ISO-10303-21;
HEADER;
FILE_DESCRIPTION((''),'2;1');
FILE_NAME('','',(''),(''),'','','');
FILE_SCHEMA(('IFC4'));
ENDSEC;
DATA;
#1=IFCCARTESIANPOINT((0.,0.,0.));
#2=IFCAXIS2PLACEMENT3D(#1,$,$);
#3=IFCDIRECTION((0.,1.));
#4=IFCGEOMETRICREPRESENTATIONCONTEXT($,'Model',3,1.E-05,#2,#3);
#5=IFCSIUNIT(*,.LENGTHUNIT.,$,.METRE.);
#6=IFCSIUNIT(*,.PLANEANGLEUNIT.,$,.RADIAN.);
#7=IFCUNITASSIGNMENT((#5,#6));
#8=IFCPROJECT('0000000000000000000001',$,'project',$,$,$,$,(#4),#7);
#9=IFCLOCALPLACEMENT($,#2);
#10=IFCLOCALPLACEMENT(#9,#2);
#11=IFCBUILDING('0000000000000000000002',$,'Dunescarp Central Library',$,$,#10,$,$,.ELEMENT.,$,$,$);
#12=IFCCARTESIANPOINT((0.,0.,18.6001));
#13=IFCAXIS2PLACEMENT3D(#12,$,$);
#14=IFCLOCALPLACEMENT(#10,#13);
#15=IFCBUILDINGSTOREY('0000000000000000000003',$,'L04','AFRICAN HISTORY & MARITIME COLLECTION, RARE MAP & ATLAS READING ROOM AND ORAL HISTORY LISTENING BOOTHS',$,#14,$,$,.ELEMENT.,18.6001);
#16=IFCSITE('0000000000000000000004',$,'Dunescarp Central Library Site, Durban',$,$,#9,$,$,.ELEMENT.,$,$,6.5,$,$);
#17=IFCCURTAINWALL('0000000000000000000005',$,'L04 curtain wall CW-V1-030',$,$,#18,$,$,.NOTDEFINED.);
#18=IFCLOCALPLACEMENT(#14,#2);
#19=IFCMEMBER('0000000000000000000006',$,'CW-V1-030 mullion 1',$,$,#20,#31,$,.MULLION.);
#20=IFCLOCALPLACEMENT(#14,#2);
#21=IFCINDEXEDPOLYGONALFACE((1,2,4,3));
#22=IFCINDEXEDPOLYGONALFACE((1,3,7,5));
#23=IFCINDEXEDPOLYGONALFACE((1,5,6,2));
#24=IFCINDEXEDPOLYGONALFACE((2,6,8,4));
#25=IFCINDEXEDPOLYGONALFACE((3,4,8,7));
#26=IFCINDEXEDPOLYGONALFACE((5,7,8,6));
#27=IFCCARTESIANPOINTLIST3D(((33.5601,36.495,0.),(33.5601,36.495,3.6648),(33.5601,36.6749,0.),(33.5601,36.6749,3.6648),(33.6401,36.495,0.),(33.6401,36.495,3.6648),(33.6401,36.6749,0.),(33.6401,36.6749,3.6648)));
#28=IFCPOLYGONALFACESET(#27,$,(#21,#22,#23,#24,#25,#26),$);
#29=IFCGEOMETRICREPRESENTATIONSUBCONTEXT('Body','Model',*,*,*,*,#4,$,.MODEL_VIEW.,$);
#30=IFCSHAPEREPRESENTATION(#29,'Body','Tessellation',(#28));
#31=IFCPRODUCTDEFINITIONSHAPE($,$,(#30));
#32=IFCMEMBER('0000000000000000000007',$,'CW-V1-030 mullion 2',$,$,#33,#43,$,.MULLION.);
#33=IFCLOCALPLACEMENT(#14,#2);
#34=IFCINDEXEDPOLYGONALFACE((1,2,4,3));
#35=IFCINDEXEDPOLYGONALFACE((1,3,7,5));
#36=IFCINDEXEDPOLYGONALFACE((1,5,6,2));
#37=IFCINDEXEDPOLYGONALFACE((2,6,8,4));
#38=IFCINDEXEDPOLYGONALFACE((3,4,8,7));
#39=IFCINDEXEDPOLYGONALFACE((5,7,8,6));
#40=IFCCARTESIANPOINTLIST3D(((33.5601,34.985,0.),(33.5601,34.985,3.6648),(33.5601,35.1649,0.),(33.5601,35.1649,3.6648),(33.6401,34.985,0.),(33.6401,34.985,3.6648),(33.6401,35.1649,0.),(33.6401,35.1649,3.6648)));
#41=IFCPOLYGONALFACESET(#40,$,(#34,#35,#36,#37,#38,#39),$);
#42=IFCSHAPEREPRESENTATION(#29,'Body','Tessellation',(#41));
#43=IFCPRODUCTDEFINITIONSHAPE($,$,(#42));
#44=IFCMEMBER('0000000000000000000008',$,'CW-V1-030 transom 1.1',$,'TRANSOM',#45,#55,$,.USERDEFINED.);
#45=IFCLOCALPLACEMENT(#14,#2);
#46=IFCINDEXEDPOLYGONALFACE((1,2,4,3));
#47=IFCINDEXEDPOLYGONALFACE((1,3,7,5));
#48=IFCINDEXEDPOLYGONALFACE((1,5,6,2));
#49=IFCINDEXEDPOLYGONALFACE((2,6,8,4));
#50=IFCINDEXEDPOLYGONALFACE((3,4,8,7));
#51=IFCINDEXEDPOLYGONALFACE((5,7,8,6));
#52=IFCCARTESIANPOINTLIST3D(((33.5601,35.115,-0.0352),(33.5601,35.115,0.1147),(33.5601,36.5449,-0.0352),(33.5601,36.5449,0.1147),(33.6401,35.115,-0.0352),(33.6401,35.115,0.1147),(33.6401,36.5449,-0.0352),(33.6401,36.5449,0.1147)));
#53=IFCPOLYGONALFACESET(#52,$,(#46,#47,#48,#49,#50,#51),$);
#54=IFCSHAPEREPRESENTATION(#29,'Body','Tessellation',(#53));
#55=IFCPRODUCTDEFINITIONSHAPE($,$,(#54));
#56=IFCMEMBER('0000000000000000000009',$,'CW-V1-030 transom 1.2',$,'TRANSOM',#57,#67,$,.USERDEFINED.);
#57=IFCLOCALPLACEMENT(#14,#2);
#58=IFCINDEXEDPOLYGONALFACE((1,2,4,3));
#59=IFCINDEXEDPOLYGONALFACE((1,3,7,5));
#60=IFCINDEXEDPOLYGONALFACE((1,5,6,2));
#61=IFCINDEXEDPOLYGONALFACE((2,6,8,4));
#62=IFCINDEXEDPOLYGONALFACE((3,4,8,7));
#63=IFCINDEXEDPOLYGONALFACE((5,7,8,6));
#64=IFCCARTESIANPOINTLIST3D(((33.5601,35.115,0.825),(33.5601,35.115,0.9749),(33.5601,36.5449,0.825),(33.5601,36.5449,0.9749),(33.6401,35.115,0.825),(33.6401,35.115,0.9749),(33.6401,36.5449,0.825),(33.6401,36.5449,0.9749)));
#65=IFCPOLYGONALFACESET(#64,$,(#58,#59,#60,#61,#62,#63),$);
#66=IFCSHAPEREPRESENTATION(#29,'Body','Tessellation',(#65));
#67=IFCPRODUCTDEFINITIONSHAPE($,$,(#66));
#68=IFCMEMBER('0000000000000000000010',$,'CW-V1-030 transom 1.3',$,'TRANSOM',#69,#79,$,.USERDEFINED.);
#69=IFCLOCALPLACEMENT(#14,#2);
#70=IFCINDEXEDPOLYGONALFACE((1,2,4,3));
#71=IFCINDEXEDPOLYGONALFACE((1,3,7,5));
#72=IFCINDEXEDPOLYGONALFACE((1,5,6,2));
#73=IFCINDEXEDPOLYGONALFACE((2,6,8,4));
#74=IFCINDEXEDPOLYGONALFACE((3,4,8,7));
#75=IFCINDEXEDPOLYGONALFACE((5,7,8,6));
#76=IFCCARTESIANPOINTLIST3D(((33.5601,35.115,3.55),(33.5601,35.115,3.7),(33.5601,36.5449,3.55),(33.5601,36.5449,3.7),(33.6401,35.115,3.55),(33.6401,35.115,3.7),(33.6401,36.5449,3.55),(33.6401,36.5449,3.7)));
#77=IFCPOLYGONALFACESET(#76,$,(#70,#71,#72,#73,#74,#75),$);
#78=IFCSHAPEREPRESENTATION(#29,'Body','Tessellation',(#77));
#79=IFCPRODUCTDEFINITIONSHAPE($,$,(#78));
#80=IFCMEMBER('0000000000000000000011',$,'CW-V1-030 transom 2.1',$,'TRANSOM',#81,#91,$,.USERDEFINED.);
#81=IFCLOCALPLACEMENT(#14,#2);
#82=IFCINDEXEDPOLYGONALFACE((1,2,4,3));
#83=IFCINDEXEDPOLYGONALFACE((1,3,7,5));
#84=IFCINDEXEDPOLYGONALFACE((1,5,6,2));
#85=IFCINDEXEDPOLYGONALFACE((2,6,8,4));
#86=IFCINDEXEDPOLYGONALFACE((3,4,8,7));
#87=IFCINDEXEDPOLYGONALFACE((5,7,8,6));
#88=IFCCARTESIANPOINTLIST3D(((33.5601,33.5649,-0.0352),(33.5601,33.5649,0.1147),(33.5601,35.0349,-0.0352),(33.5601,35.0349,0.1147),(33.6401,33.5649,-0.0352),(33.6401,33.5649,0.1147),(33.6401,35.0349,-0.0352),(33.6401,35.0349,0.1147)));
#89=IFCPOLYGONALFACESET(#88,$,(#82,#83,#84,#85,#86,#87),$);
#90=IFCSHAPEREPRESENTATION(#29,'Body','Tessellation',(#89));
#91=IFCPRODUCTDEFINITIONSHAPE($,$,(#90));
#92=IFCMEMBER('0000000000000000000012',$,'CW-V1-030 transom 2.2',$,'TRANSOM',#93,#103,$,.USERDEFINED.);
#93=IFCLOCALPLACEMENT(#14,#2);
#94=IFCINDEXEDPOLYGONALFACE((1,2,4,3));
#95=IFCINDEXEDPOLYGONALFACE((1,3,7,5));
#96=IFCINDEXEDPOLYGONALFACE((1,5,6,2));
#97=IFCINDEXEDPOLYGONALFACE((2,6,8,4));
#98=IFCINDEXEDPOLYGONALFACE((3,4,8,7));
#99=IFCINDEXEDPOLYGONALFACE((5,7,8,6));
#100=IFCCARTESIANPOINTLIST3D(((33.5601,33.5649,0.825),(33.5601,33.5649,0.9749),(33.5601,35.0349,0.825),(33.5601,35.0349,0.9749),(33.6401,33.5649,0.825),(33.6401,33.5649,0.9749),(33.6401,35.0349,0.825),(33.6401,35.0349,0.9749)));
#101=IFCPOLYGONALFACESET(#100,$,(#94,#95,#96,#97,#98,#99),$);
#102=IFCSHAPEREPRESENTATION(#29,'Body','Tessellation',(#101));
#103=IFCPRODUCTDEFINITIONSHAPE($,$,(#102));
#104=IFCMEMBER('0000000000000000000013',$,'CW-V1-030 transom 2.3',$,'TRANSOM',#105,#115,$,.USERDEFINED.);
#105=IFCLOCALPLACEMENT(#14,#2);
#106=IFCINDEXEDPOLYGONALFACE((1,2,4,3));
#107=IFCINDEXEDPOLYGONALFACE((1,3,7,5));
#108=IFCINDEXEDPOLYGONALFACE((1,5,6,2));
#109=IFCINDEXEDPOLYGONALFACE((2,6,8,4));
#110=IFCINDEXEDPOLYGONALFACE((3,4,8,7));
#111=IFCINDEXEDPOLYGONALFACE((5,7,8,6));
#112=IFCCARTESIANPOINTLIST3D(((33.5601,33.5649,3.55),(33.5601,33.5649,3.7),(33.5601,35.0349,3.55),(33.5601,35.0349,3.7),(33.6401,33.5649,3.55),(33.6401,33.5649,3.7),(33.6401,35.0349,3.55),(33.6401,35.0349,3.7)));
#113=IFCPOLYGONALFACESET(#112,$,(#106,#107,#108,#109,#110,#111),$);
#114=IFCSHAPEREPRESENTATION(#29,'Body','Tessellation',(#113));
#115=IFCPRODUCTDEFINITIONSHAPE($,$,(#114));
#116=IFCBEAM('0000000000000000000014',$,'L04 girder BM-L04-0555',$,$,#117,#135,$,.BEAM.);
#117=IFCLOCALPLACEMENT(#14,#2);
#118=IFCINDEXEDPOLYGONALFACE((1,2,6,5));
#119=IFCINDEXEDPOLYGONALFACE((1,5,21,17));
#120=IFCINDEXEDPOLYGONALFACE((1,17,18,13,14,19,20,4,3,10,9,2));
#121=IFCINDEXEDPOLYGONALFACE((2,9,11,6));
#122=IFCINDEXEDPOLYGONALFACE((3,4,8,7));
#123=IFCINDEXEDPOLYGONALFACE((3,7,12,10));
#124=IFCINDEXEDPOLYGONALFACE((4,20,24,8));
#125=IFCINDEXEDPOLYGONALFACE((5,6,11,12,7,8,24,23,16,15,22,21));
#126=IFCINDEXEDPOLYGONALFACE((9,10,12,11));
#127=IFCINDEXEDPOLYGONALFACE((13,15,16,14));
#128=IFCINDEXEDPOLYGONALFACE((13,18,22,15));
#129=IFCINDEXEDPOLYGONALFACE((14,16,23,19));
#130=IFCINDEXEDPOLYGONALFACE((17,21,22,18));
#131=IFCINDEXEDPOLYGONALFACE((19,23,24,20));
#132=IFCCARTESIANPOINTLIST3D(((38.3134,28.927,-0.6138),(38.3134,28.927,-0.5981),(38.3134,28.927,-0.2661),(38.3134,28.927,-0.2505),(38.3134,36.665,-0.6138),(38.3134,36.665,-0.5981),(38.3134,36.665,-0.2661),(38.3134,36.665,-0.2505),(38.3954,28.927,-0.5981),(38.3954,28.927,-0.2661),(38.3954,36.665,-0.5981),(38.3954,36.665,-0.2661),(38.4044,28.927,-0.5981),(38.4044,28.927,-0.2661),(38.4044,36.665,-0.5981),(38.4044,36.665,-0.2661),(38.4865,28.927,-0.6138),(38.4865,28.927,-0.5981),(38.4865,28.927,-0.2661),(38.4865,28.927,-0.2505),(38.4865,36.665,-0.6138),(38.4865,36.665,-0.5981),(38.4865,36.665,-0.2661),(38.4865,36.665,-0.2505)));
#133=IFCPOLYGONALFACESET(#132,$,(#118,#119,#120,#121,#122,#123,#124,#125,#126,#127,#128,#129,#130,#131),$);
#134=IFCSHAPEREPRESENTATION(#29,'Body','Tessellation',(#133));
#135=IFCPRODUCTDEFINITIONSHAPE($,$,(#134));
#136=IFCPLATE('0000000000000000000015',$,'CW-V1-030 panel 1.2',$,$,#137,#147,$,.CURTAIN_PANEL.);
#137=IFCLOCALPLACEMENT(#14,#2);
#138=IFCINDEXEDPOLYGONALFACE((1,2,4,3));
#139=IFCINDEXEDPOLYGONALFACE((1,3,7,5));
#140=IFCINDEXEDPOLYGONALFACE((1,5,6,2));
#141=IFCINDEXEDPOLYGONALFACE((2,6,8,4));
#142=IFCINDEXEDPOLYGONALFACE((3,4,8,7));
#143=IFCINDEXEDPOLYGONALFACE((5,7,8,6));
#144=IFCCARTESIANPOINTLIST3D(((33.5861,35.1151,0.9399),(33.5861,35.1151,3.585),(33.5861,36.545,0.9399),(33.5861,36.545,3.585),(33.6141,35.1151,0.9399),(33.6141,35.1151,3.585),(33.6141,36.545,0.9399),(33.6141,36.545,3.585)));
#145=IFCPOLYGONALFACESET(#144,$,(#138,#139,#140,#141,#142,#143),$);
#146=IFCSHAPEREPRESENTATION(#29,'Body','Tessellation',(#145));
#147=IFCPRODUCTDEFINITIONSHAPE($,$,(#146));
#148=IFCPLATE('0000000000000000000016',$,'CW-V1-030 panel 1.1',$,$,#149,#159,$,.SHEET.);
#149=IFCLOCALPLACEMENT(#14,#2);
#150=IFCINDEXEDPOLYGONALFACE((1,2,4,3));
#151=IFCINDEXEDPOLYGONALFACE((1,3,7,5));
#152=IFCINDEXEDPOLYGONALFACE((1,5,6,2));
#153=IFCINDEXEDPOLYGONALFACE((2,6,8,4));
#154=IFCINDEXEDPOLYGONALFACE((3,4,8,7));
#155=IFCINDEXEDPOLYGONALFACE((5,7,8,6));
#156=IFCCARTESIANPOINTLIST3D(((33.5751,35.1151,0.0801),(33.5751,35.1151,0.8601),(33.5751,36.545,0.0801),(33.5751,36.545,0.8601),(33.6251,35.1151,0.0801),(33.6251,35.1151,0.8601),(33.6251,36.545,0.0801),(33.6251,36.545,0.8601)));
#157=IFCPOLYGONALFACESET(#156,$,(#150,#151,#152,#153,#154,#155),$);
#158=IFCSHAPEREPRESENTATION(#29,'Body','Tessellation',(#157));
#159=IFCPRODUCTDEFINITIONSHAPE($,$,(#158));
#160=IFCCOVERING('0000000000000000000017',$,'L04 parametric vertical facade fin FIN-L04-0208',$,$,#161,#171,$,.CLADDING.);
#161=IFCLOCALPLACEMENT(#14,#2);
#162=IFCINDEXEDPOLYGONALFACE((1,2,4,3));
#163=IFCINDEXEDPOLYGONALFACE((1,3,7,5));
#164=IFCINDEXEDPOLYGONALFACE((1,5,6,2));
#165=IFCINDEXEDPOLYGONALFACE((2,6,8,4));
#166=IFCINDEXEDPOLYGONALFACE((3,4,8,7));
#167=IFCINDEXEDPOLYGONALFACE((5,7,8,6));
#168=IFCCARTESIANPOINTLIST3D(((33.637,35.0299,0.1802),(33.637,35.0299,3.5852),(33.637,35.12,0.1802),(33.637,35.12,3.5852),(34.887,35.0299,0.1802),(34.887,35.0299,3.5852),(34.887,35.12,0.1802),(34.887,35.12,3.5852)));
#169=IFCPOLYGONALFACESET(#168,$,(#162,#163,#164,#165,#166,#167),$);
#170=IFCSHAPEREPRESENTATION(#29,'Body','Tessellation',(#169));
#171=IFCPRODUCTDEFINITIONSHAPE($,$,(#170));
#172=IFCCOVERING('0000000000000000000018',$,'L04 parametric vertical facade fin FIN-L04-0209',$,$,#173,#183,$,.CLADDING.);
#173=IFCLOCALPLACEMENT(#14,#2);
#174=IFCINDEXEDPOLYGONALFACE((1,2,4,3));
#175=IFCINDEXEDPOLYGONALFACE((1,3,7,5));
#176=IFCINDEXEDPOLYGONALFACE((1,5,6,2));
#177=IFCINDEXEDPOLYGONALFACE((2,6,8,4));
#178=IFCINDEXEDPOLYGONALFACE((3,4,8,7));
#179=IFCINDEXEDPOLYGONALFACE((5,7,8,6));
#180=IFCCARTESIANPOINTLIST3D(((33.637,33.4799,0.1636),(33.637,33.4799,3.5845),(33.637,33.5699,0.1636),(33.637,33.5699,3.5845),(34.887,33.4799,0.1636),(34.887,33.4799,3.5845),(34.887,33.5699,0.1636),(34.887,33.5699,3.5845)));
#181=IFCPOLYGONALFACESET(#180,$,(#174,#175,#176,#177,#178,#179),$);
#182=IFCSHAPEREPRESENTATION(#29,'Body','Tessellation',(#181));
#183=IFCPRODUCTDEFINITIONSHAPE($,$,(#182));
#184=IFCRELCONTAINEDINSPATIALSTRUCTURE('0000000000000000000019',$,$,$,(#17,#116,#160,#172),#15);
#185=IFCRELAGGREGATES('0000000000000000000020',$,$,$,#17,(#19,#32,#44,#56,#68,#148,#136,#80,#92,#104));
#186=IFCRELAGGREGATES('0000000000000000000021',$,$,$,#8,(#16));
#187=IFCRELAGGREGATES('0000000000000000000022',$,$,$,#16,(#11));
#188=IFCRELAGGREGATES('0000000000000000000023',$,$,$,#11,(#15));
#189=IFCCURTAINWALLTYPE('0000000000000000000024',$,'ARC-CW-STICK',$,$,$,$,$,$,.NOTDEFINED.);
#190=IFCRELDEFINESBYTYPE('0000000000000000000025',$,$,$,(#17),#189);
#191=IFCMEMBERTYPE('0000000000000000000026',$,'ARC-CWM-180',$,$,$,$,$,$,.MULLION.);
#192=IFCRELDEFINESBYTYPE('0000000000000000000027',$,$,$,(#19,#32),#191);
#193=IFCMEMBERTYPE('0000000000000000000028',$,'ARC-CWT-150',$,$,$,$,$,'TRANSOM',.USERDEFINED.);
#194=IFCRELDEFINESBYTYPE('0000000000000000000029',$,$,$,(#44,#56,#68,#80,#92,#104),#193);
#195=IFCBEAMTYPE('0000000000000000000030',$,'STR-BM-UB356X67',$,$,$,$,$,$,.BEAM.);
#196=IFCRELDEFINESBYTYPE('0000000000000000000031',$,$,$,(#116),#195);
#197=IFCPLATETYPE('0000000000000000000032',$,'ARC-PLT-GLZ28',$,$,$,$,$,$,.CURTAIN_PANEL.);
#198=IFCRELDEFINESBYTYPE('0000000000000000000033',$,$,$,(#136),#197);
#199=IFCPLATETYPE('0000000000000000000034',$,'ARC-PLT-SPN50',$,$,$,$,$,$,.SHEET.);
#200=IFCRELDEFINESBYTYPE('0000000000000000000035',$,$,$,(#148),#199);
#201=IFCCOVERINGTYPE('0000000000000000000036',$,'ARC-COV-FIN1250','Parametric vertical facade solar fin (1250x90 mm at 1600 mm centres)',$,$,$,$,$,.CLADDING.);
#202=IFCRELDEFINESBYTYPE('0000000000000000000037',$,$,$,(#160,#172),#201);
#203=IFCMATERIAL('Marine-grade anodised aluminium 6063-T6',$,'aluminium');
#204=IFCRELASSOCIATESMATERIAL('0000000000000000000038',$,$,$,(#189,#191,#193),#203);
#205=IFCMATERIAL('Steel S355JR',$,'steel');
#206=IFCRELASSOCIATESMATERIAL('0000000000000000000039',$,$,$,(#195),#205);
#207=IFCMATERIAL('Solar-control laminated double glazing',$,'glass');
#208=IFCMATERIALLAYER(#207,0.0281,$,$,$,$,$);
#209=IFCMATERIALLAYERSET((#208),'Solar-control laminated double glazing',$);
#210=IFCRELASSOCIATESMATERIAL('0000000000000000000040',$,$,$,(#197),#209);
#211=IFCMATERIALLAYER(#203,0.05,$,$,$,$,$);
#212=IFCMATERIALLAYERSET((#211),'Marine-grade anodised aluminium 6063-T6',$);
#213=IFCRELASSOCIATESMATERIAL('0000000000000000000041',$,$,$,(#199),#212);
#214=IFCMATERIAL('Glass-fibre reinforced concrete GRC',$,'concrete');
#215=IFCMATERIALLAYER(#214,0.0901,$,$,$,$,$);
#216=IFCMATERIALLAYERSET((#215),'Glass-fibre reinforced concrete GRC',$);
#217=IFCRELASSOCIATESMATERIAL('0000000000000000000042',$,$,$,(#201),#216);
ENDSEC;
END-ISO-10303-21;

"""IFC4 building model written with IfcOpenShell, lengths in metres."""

from ifc_helpers import new_model, si_unit, direction, frame, origin, origin_2d, place, context, subcontext, project, spatial, rectangle, i_section, extrude, material, layer, layer_set, material_profile, profile_set, type_object, element, aggregate, save


model = new_model("IFC4")

# Units and contexts
model_context = context("Model", 3, precision=1e-05, world=origin(), true_north=direction((0.0, 1.0)))
body_context = subcontext(model_context, "Body", "Model", "MODEL_VIEW")
ifc_project = project(units=[si_unit("LENGTHUNIT", "METRE"), si_unit("PLANEANGLEUNIT", "RADIAN")], contexts=[model_context])

# Site, building, storey
site_placement = place(None, origin())
site = spatial("IfcSite", under=ifc_project, at=site_placement, Name="Dunescarp Central Library Site, Durban", CompositionType="ELEMENT", RefElevation=6.5)
building_placement = place(site_placement, origin())
building = spatial("IfcBuilding", under=site, at=building_placement, Name="Dunescarp Central Library", CompositionType="ELEMENT")
storey_placement = place(building_placement, frame((0.0, 0.0, 18.6001)))
storey = spatial("IfcBuildingStorey", under=building, at=storey_placement, Name="L04", Description="AFRICAN HISTORY & MARITIME COLLECTION, RARE MAP & ATLAS READING ROOM AND ORAL HISTORY LISTENING BOOTHS", CompositionType="ELEMENT", Elevation=18.6001)

# Curtain wall, members
ifc_material_1 = material(Name="Marine-grade anodised aluminium 6063-T6", Category="aluminium")
curtain_wall_type = type_object("IfcCurtainWallType", Name="ARC-CW-STICK", PredefinedType="NOTDEFINED", material=ifc_material_1)
curtain_wall_placement = place(storey_placement, origin())
curtain_wall = element("IfcCurtainWall", 1, at=curtain_wall_placement, inside=storey, type_object=curtain_wall_type, Name="L04 curtain wall CW-V1-030", PredefinedType="NOTDEFINED")
ifc_material_profile_1 = material_profile(ifc_material_1, rectangle(XDim=0.0801, YDim=0.1799, at=origin_2d()), Name="AL 80x180")
ifc_profile_set_1 = profile_set([ifc_material_profile_1], Name="Marine-grade anodised aluminium 6063-T6")
member_type_1 = type_object("IfcMemberType", Name="ARC-CWM-180", PredefinedType="MULLION", material=ifc_profile_set_1)
member_1_placement = place(storey_placement, frame((33.6001, 36.585, 0.0), z_axis=(0.0, 0.0, 1.0), x_axis=(1.0, 0.0, 0.0)))
member_1 = element("IfcMember", 2, at=member_1_placement, type_object=member_type_1, Name="CW-V1-030 mullion 1", PredefinedType="MULLION", context=body_context, shape_type="SweptSolid", body=[
    extrude(rectangle(XDim=0.0801, YDim=0.1799, at=origin_2d()), origin(), (0.0, 0.0, 1.0), 3.6648),
])
member_2_placement = place(storey_placement, frame((33.6001, 35.075, 0.0), z_axis=(0.0, 0.0, 1.0), x_axis=(1.0, 0.0, 0.0)))
member_2 = element("IfcMember", 3, at=member_2_placement, type_object=member_type_1, Name="CW-V1-030 mullion 2", PredefinedType="MULLION", context=body_context, shape_type="SweptSolid", body=[
    extrude(rectangle(XDim=0.0801, YDim=0.1799, at=origin_2d()), origin(), (0.0, 0.0, 1.0), 3.6648),
])
ifc_material_profile_2 = material_profile(ifc_material_1, rectangle(XDim=0.0801, YDim=0.1499, at=origin_2d()), Name="AL 80x150")
ifc_profile_set_2 = profile_set([ifc_material_profile_2], Name="Marine-grade anodised aluminium 6063-T6")
member_type_2 = type_object("IfcMemberType", Name="ARC-CWT-150", ElementType="TRANSOM", PredefinedType="USERDEFINED", material=ifc_profile_set_2)
member_3_placement = place(storey_placement, frame((33.6001, 36.5449, 0.0398), z_axis=(0.0, -1.0, 0.0), x_axis=(1.0, 0.0, 0.0)))
member_3 = element("IfcMember", 4, at=member_3_placement, type_object=member_type_2, Name="CW-V1-030 transom 1.1", ObjectType="TRANSOM", PredefinedType="USERDEFINED", context=body_context, shape_type="SweptSolid", body=[
    extrude(rectangle(XDim=0.0801, YDim=0.1499, at=origin_2d()), origin(), (0.0, 0.0, 1.0), 1.4299),
])
member_4_placement = place(storey_placement, frame((33.6001, 36.5449, 0.8999), z_axis=(0.0, -1.0, 0.0), x_axis=(1.0, 0.0, 0.0)))
member_4 = element("IfcMember", 5, at=member_4_placement, type_object=member_type_2, Name="CW-V1-030 transom 1.2", ObjectType="TRANSOM", PredefinedType="USERDEFINED", context=body_context, shape_type="SweptSolid", body=[
    extrude(rectangle(XDim=0.0801, YDim=0.1499, at=origin_2d()), origin(), (0.0, 0.0, 1.0), 1.4299),
])
member_5_placement = place(storey_placement, frame((33.6001, 36.5449, 3.625), z_axis=(0.0, -1.0, 0.0), x_axis=(1.0, 0.0, 0.0)))
member_5 = element("IfcMember", 6, at=member_5_placement, type_object=member_type_2, Name="CW-V1-030 transom 1.3", ObjectType="TRANSOM", PredefinedType="USERDEFINED", context=body_context, shape_type="SweptSolid", body=[
    extrude(rectangle(XDim=0.0801, YDim=0.1499, at=origin_2d()), origin(), (0.0, 0.0, 1.0), 1.4299),
])
member_6_placement = place(storey_placement, frame((33.6001, 35.0349, 0.0398), z_axis=(0.0, -1.0, 0.0), x_axis=(1.0, 0.0, 0.0)))
member_6 = element("IfcMember", 7, at=member_6_placement, type_object=member_type_2, Name="CW-V1-030 transom 2.1", ObjectType="TRANSOM", PredefinedType="USERDEFINED", context=body_context, shape_type="SweptSolid", body=[
    extrude(rectangle(XDim=0.0801, YDim=0.1499, at=origin_2d()), origin(), (0.0, 0.0, 1.0), 1.47),
])
member_7_placement = place(storey_placement, frame((33.6001, 35.0349, 0.8999), z_axis=(0.0, -1.0, 0.0), x_axis=(1.0, 0.0, 0.0)))
member_7 = element("IfcMember", 8, at=member_7_placement, type_object=member_type_2, Name="CW-V1-030 transom 2.2", ObjectType="TRANSOM", PredefinedType="USERDEFINED", context=body_context, shape_type="SweptSolid", body=[
    extrude(rectangle(XDim=0.0801, YDim=0.1499, at=origin_2d()), origin(), (0.0, 0.0, 1.0), 1.47),
])
member_8_placement = place(storey_placement, frame((33.6001, 35.0349, 3.625), z_axis=(0.0, -1.0, 0.0), x_axis=(1.0, 0.0, 0.0)))
member_8 = element("IfcMember", 9, at=member_8_placement, type_object=member_type_2, Name="CW-V1-030 transom 2.3", ObjectType="TRANSOM", PredefinedType="USERDEFINED", context=body_context, shape_type="SweptSolid", body=[
    extrude(rectangle(XDim=0.0801, YDim=0.1499, at=origin_2d()), origin(), (0.0, 0.0, 1.0), 1.47),
])

# Beam
ifc_material_2 = material(Name="Steel S355JR", Category="steel")
ifc_material_profile_3 = material_profile(ifc_material_2, i_section(OverallWidth=0.1731, OverallDepth=0.3633, WebThickness=0.009, FlangeThickness=0.0156, at=origin_2d()), Name="UB 356x171x67")
ifc_profile_set_3 = profile_set([ifc_material_profile_3], Name="Steel S355JR")
beam_type = type_object("IfcBeamType", Name="STR-BM-UB356X67", PredefinedType="BEAM", material=ifc_profile_set_3)
beam_placement = place(storey_placement, frame((38.3999, 28.927, -0.4321), z_axis=(0.0, 1.0, 0.0), x_axis=(-1.0, 0.0, 0.0)))
element("IfcBeam", 10, at=beam_placement, inside=storey, type_object=beam_type, Name="L04 girder BM-L04-0555", PredefinedType="BEAM", context=body_context, shape_type="SweptSolid", body=[
    extrude(i_section(OverallWidth=0.1731, OverallDepth=0.3633, WebThickness=0.009, FlangeThickness=0.0156, at=origin_2d()), origin(), (0.0, 0.0, 1.0), 7.738),
])

# Plates
ifc_material_3 = material(Name="Solar-control laminated double glazing", Category="glass")
ifc_layer_1 = layer(ifc_material_3, 0.0281)
ifc_layer_set_1 = layer_set([ifc_layer_1], Name="Solar-control laminated double glazing")
plate_type_1 = type_object("IfcPlateType", Name="ARC-PLT-GLZ28", PredefinedType="CURTAIN_PANEL", material=ifc_layer_set_1)
plate_1_placement = place(storey_placement, frame((33.6001, 35.8301, 0.9399), z_axis=(0.0, 0.0, 1.0), x_axis=(0.0, -1.0, 0.0)))
plate_1 = element("IfcPlate", 11, at=plate_1_placement, type_object=plate_type_1, Name="CW-V1-030 panel 1.2", PredefinedType="CURTAIN_PANEL", context=body_context, shape_type="SweptSolid", body=[
    extrude(rectangle(XDim=1.4299, YDim=0.0281, at=origin_2d()), origin(), (0.0, 0.0, 1.0), 2.645),
])
ifc_layer_2 = layer(ifc_material_1, 0.05)
ifc_layer_set_2 = layer_set([ifc_layer_2], Name="Marine-grade anodised aluminium 6063-T6")
plate_type_2 = type_object("IfcPlateType", Name="ARC-PLT-SPN50", PredefinedType="SHEET", material=ifc_layer_set_2)
plate_2_placement = place(storey_placement, frame((33.6001, 35.8301, 0.0801), z_axis=(0.0, 0.0, 1.0), x_axis=(0.0, -1.0, 0.0)))
plate_2 = element("IfcPlate", 12, at=plate_2_placement, type_object=plate_type_2, Name="CW-V1-030 panel 1.1", PredefinedType="SHEET", context=body_context, shape_type="SweptSolid", body=[
    extrude(rectangle(XDim=1.4299, YDim=0.05, at=origin_2d()), origin(), (0.0, 0.0, 1.0), 0.78),
])
aggregate(curtain_wall, [member_1, member_2, member_3, member_4, member_5, plate_2, plate_1, member_6, member_7, member_8])

# Coverings
ifc_material_4 = material(Name="Glass-fibre reinforced concrete GRC", Category="concrete")
ifc_layer_3 = layer(ifc_material_4, 0.0901)
ifc_layer_set_3 = layer_set([ifc_layer_3], Name="Glass-fibre reinforced concrete GRC")
covering_type = type_object("IfcCoveringType", Name="ARC-COV-FIN1250", Description="Parametric vertical facade solar fin (1250x90 mm at 1600 mm centres)", PredefinedType="CLADDING", material=ifc_layer_set_3)
covering_1_placement = place(storey_placement, frame((34.262, 35.075, 0.1802), z_axis=(0.0, 0.0, 1.0), x_axis=(1.0, 0.0, 0.0)))
element("IfcCovering", 13, at=covering_1_placement, inside=storey, type_object=covering_type, Name="L04 parametric vertical facade fin FIN-L04-0208", PredefinedType="CLADDING", context=body_context, shape_type="SweptSolid", body=[
    extrude(rectangle(XDim=1.25, YDim=0.0901, at=origin_2d()), origin(), (0.0, 0.0, 1.0), 3.405),
])
covering_2_placement = place(storey_placement, frame((34.262, 33.5249, 0.1636), z_axis=(0.0, 0.0, 1.0), x_axis=(1.0, 0.0, 0.0)))
element("IfcCovering", 14, at=covering_2_placement, inside=storey, type_object=covering_type, Name="L04 parametric vertical facade fin FIN-L04-0209", PredefinedType="CLADDING", context=body_context, shape_type="SweptSolid", body=[
    extrude(rectangle(XDim=1.25, YDim=0.0901, at=origin_2d()), origin(), (0.0, 0.0, 1.0), 3.4209),
])

save(model, "model.ifc")
